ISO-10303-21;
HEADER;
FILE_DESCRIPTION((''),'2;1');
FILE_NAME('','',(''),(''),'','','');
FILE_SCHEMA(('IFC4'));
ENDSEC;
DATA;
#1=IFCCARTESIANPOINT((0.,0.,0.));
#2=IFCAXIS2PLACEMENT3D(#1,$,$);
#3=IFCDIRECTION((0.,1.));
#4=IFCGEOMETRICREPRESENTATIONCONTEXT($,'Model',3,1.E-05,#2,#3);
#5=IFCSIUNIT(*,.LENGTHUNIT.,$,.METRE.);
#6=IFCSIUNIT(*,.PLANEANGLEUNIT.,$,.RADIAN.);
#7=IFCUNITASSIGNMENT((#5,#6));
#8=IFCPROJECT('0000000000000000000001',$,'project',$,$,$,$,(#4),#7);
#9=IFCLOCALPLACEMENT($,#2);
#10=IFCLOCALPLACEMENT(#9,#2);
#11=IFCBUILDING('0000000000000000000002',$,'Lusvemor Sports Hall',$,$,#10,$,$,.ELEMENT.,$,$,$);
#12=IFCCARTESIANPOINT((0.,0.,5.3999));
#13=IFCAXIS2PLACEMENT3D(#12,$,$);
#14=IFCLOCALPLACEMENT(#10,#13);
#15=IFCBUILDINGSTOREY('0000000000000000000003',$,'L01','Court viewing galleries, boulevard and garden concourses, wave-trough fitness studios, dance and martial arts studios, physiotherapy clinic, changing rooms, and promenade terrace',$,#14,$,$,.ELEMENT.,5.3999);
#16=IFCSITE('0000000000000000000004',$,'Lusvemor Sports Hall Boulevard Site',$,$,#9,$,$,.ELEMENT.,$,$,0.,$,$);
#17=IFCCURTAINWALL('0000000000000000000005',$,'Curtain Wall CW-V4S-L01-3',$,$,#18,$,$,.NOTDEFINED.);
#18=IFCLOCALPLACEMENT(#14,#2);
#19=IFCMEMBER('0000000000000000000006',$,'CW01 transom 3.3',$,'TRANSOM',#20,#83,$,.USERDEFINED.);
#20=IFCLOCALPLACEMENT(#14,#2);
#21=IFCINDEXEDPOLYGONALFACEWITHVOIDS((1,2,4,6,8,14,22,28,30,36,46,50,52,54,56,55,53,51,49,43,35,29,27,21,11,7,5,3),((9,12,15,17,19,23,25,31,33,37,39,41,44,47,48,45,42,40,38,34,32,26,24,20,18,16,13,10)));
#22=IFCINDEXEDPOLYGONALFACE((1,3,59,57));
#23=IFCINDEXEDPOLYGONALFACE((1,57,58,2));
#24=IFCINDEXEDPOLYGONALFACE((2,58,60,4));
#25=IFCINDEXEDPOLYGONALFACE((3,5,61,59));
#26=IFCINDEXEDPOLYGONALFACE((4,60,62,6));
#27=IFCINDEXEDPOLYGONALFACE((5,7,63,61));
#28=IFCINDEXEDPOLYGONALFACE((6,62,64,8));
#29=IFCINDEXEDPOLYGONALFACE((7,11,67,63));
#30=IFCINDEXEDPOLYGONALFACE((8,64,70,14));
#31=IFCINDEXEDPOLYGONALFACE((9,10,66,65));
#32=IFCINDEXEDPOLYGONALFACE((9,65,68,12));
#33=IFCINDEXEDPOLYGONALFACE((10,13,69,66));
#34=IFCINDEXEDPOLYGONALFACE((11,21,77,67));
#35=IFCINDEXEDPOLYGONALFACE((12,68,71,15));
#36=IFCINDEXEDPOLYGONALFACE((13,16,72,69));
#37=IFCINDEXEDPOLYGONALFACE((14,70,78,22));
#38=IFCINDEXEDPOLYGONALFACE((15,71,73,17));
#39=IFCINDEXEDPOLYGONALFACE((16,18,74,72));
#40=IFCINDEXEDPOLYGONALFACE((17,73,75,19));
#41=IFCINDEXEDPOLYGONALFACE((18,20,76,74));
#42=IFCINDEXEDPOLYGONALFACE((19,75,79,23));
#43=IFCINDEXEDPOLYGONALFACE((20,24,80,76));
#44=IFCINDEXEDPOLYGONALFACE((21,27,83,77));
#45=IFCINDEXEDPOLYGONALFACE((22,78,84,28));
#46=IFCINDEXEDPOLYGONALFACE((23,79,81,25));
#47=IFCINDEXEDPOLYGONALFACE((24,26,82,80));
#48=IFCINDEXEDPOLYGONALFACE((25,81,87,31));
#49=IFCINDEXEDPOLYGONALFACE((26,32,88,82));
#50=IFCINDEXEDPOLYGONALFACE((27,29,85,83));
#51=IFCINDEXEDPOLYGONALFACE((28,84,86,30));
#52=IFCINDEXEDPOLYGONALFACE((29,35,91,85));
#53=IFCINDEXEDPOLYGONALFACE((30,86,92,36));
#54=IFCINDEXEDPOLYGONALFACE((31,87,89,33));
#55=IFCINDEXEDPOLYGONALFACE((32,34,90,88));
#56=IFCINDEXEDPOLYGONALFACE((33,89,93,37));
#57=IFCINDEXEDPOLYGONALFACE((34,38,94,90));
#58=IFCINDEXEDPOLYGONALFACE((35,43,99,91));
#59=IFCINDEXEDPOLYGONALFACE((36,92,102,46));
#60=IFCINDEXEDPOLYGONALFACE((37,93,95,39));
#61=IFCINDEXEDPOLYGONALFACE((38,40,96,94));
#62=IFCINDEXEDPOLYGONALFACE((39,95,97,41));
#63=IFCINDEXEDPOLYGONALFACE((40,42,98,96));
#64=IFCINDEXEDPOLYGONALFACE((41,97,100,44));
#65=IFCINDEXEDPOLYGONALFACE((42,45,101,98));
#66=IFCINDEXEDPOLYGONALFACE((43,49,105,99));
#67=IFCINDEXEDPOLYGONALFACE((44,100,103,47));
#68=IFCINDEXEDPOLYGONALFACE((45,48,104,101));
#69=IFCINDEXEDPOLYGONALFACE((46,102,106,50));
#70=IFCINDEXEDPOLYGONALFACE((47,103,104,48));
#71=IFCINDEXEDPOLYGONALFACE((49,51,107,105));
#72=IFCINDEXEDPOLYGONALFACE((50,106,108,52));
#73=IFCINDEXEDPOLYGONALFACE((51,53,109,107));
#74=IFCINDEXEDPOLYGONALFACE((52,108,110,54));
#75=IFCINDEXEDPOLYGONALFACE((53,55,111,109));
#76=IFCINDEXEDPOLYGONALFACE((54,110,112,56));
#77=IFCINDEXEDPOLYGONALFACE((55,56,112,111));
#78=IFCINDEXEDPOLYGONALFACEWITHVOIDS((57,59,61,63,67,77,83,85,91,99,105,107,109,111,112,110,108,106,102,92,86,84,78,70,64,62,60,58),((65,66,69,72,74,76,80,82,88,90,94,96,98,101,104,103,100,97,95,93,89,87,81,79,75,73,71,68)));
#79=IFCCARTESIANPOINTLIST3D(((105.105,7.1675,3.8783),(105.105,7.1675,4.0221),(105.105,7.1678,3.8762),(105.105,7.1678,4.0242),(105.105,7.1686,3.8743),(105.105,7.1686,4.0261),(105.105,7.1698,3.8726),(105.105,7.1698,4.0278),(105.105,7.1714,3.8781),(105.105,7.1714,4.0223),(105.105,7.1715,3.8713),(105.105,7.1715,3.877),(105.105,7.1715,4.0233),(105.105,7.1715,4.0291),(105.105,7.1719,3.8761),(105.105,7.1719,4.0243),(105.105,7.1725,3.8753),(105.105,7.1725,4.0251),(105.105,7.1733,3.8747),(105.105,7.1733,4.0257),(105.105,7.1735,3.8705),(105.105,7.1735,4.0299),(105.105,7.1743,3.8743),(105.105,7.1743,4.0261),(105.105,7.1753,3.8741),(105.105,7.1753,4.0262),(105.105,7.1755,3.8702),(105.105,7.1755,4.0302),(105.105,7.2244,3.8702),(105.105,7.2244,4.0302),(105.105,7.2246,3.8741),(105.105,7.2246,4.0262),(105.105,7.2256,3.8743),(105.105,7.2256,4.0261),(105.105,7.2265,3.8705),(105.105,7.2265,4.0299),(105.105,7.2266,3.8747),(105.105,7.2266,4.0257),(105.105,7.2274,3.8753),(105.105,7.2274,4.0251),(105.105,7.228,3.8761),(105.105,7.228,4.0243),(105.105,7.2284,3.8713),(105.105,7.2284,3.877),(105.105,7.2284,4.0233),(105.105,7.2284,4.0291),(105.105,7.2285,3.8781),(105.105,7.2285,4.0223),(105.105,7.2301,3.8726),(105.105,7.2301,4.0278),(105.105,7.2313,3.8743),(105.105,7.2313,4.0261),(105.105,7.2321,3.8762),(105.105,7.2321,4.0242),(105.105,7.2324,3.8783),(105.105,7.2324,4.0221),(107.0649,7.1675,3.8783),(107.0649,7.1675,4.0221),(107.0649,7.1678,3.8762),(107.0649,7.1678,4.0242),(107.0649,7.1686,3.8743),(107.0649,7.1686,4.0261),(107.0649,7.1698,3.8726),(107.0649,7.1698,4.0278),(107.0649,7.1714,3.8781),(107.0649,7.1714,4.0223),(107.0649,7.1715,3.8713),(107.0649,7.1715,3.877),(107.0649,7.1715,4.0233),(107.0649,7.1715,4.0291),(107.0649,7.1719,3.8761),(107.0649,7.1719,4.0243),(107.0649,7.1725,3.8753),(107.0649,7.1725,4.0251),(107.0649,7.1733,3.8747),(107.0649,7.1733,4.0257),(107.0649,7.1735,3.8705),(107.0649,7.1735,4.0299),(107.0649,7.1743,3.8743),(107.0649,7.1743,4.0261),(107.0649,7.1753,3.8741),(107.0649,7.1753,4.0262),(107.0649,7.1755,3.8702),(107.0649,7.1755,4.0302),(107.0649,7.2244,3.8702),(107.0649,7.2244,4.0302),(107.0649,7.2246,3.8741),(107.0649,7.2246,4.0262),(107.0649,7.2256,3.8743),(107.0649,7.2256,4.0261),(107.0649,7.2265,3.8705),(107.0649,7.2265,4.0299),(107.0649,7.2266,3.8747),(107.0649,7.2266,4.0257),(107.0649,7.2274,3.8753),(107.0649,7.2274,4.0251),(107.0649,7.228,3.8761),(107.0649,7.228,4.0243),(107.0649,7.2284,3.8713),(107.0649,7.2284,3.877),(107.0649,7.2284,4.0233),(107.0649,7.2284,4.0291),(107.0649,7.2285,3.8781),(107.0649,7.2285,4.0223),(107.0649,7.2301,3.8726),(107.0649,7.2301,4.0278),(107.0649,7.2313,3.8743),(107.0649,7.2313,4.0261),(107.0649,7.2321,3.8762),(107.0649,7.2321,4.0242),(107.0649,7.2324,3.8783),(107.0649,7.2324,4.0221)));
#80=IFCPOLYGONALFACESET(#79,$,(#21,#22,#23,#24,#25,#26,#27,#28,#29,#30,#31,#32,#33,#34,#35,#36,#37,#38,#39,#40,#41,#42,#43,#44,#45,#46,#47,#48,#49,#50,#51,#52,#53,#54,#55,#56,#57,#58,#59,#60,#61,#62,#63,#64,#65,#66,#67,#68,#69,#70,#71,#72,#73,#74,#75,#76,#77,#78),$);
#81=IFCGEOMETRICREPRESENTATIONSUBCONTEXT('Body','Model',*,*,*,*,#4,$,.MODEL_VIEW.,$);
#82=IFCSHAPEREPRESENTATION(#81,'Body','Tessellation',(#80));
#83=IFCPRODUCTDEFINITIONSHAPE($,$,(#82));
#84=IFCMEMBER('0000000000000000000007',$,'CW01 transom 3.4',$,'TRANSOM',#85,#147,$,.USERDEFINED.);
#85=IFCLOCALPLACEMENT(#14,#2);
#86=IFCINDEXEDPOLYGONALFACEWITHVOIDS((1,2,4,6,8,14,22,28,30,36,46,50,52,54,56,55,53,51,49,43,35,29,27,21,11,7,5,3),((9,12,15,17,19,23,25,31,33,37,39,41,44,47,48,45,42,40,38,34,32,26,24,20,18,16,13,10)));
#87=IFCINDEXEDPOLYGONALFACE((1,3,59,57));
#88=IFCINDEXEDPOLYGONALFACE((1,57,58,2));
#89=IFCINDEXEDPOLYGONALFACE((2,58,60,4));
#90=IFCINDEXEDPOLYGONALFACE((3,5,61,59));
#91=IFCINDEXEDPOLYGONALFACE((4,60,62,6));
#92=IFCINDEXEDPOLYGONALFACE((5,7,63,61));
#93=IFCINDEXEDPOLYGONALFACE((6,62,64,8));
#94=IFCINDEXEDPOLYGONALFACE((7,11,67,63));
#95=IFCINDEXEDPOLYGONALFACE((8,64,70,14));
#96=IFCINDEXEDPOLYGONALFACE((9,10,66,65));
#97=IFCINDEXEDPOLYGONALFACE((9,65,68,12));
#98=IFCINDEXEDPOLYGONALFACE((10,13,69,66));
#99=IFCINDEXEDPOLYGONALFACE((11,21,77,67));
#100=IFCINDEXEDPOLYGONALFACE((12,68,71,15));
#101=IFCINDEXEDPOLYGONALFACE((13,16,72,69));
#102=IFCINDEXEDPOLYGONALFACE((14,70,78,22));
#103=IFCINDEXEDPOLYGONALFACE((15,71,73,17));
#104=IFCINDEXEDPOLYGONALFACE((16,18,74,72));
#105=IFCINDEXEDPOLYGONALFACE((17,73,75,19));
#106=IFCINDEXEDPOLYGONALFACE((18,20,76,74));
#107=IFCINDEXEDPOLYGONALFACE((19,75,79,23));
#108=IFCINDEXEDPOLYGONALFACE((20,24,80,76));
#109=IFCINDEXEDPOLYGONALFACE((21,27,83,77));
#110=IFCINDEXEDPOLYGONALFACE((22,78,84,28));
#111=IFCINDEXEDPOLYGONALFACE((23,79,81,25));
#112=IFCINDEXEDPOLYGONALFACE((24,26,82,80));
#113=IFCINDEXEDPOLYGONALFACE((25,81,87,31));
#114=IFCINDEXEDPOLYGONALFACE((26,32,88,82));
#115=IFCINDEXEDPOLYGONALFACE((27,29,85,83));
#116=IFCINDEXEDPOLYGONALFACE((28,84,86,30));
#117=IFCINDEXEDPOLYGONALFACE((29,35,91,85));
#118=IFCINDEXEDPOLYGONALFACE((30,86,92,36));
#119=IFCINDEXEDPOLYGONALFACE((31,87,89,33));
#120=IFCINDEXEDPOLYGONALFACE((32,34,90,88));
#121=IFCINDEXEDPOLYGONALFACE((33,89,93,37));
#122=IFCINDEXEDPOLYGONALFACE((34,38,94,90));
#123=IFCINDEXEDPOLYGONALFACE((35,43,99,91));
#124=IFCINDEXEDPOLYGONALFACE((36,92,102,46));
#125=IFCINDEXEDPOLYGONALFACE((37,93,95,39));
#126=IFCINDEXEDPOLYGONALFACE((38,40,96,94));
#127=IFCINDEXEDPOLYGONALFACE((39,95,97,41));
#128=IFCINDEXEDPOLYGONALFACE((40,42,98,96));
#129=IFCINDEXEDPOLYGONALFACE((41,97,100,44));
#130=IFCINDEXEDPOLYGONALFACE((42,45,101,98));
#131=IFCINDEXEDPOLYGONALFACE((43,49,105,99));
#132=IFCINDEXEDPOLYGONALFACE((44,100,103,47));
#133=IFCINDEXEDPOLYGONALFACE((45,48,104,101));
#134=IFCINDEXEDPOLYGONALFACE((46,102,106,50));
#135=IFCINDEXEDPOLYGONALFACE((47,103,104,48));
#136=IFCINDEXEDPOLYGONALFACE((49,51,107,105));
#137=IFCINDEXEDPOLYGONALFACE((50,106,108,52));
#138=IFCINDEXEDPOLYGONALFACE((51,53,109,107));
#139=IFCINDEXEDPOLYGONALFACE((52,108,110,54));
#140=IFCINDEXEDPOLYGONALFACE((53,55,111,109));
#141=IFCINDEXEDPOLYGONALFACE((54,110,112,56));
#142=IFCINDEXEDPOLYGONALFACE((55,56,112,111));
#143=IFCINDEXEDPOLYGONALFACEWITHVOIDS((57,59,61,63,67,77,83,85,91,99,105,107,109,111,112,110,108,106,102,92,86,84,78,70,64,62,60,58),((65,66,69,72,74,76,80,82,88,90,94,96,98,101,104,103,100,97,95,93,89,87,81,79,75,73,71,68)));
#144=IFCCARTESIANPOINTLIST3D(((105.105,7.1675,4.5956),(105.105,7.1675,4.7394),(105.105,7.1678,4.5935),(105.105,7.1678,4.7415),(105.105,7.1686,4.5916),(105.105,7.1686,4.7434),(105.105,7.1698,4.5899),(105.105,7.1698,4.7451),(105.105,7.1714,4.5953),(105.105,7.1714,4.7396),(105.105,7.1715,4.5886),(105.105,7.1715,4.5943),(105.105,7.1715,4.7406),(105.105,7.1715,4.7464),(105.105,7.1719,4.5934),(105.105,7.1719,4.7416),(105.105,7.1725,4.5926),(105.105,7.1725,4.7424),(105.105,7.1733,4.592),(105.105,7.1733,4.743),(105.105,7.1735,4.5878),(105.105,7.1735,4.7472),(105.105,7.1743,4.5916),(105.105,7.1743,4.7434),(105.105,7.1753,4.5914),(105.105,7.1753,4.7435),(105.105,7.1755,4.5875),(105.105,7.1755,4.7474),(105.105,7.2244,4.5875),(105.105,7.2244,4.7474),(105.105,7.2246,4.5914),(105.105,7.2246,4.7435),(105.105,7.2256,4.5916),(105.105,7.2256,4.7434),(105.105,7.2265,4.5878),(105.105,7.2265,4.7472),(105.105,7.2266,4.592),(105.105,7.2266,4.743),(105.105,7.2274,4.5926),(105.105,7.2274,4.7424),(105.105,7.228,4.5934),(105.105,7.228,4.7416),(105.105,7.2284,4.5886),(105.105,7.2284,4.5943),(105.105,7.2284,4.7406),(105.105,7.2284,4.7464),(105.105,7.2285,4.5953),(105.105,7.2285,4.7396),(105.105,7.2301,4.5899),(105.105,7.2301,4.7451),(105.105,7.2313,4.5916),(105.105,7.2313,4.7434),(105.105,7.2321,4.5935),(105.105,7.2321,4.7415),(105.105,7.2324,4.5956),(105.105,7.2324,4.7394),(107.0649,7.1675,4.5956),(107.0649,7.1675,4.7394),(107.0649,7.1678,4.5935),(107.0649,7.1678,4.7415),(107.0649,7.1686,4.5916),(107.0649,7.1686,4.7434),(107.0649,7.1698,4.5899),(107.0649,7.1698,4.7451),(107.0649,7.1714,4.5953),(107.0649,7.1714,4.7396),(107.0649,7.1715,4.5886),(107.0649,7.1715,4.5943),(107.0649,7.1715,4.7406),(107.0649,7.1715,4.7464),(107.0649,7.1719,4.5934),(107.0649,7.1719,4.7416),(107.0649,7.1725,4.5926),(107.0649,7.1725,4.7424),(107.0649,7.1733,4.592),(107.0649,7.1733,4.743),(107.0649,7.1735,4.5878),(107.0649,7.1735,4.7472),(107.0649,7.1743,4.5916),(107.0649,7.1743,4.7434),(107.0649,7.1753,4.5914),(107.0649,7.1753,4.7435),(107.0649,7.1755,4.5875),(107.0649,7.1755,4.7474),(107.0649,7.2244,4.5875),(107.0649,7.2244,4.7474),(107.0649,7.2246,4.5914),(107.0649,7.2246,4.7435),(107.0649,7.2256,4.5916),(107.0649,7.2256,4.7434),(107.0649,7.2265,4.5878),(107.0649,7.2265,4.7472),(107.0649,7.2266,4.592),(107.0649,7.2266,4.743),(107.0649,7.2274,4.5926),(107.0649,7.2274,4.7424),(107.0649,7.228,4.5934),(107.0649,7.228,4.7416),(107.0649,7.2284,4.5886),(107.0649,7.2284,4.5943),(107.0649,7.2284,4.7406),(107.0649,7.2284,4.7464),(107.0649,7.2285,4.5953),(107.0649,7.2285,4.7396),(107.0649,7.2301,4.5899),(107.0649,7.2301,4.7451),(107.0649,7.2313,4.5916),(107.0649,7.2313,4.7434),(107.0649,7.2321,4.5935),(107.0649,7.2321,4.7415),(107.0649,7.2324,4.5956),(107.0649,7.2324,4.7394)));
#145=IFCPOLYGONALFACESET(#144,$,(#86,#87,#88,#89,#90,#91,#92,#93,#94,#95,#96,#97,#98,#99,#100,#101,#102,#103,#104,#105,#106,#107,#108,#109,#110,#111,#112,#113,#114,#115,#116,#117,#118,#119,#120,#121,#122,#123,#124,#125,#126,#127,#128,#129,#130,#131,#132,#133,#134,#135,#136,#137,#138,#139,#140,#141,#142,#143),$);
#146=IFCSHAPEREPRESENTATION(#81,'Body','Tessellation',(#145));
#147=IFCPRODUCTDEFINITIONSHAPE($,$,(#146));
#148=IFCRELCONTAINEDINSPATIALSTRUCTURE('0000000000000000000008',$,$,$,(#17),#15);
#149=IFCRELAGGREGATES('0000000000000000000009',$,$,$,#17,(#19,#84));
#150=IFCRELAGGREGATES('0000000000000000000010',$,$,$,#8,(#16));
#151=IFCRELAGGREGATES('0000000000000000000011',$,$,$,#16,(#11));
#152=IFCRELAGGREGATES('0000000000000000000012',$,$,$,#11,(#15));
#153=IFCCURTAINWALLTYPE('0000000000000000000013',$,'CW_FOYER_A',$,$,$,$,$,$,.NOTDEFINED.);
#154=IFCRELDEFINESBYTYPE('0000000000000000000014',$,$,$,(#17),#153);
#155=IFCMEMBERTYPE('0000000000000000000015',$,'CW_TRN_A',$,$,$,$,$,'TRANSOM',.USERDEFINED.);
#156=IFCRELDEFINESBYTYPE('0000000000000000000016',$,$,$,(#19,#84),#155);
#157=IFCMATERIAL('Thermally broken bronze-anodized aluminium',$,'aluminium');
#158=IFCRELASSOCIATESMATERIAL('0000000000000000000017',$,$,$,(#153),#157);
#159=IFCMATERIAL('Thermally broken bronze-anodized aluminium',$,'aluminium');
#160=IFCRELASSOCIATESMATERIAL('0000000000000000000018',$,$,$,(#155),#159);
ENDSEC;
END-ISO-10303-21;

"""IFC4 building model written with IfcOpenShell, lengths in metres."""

from ifc_helpers import new_model, si_unit, direction, frame, origin, origin_2d, place, context, subcontext, project, spatial, hollow_rectangle, extrude, material, material_profile, profile_set, type_object, element, aggregate, save


model = new_model("IFC4")

# Units and contexts
model_context = context("Model", 3, precision=1e-05, world=origin(), true_north=direction((0.0, 1.0)))
body_context = subcontext(model_context, "Body", "Model", "MODEL_VIEW")
ifc_project = project(units=[si_unit("LENGTHUNIT", "METRE"), si_unit("PLANEANGLEUNIT", "RADIAN")], contexts=[model_context])

# Site, building, storey
site_placement = place(None, origin())
site = spatial("IfcSite", under=ifc_project, at=site_placement, Name="Lusvemor Sports Hall Boulevard Site", CompositionType="ELEMENT", RefElevation=0.0)
building_placement = place(site_placement, origin())
building = spatial("IfcBuilding", under=site, at=building_placement, Name="Lusvemor Sports Hall", CompositionType="ELEMENT")
storey_placement = place(building_placement, frame((0.0, 0.0, 5.3999)))
storey = spatial("IfcBuildingStorey", under=building, at=storey_placement, Name="L01", Description="Court viewing galleries, boulevard and garden concourses, wave-trough fitness studios, dance and martial arts studios, physiotherapy clinic, changing rooms, and promenade terrace", CompositionType="ELEMENT", Elevation=5.3999)

# Curtain wall, members
ifc_material_1 = material(Name="Thermally broken bronze-anodized aluminium", Category="aluminium")
curtain_wall_type = type_object("IfcCurtainWallType", Name="CW_FOYER_A", PredefinedType="NOTDEFINED", material=ifc_material_1)
curtain_wall_placement = place(storey_placement, origin())
curtain_wall = element("IfcCurtainWall", 1, at=curtain_wall_placement, inside=storey, type_object=curtain_wall_type, Name="Curtain Wall CW-V4S-L01-3", PredefinedType="NOTDEFINED")
ifc_material_2 = material(Name="Thermally broken bronze-anodized aluminium", Category="aluminium")
ifc_material_profile_1 = material_profile(ifc_material_2, hollow_rectangle(XDim=0.0649, YDim=0.1599, WallThickness=0.0039, InnerFilletRadius=0.0039, OuterFilletRadius=0.0081, at=origin_2d()), Name="CWTRN160x65x4")
ifc_profile_set_1 = profile_set([ifc_material_profile_1], Name="Thermally broken bronze-anodized aluminium")
member_type_1 = type_object("IfcMemberType", Name="CW_TRN_A", ElementType="TRANSOM", PredefinedType="USERDEFINED", material=ifc_profile_set_1)
member_1_placement = place(storey_placement, frame((107.0649, 7.2, 3.9502), z_axis=(-1.0, 0.0, 0.0), x_axis=(0.0, -1.0, 0.0)))
member_1 = element("IfcMember", 2, at=member_1_placement, type_object=member_type_1, Name="CW01 transom 3.3", ObjectType="TRANSOM", PredefinedType="USERDEFINED", context=body_context, shape_type="SweptSolid", body=[
    extrude(hollow_rectangle(XDim=0.0649, YDim=0.1599, WallThickness=0.0039, InnerFilletRadius=0.0039, OuterFilletRadius=0.0081, at=origin_2d()), origin(), (0.0, 0.0, 1.0), 1.96),
])
member_2_placement = place(storey_placement, frame((107.0649, 7.2, 4.6675), z_axis=(-1.0, 0.0, 0.0), x_axis=(0.0, -1.0, 0.0)))
member_2 = element("IfcMember", 3, at=member_2_placement, type_object=member_type_1, Name="CW01 transom 3.4", ObjectType="TRANSOM", PredefinedType="USERDEFINED", context=body_context, shape_type="SweptSolid", body=[
    extrude(hollow_rectangle(XDim=0.0649, YDim=0.1599, WallThickness=0.0039, InnerFilletRadius=0.0039, OuterFilletRadius=0.0081, at=origin_2d()), origin(), (0.0, 0.0, 1.0), 1.96),
])
aggregate(curtain_wall, [member_1, member_2])

save(model, "model.ifc")
